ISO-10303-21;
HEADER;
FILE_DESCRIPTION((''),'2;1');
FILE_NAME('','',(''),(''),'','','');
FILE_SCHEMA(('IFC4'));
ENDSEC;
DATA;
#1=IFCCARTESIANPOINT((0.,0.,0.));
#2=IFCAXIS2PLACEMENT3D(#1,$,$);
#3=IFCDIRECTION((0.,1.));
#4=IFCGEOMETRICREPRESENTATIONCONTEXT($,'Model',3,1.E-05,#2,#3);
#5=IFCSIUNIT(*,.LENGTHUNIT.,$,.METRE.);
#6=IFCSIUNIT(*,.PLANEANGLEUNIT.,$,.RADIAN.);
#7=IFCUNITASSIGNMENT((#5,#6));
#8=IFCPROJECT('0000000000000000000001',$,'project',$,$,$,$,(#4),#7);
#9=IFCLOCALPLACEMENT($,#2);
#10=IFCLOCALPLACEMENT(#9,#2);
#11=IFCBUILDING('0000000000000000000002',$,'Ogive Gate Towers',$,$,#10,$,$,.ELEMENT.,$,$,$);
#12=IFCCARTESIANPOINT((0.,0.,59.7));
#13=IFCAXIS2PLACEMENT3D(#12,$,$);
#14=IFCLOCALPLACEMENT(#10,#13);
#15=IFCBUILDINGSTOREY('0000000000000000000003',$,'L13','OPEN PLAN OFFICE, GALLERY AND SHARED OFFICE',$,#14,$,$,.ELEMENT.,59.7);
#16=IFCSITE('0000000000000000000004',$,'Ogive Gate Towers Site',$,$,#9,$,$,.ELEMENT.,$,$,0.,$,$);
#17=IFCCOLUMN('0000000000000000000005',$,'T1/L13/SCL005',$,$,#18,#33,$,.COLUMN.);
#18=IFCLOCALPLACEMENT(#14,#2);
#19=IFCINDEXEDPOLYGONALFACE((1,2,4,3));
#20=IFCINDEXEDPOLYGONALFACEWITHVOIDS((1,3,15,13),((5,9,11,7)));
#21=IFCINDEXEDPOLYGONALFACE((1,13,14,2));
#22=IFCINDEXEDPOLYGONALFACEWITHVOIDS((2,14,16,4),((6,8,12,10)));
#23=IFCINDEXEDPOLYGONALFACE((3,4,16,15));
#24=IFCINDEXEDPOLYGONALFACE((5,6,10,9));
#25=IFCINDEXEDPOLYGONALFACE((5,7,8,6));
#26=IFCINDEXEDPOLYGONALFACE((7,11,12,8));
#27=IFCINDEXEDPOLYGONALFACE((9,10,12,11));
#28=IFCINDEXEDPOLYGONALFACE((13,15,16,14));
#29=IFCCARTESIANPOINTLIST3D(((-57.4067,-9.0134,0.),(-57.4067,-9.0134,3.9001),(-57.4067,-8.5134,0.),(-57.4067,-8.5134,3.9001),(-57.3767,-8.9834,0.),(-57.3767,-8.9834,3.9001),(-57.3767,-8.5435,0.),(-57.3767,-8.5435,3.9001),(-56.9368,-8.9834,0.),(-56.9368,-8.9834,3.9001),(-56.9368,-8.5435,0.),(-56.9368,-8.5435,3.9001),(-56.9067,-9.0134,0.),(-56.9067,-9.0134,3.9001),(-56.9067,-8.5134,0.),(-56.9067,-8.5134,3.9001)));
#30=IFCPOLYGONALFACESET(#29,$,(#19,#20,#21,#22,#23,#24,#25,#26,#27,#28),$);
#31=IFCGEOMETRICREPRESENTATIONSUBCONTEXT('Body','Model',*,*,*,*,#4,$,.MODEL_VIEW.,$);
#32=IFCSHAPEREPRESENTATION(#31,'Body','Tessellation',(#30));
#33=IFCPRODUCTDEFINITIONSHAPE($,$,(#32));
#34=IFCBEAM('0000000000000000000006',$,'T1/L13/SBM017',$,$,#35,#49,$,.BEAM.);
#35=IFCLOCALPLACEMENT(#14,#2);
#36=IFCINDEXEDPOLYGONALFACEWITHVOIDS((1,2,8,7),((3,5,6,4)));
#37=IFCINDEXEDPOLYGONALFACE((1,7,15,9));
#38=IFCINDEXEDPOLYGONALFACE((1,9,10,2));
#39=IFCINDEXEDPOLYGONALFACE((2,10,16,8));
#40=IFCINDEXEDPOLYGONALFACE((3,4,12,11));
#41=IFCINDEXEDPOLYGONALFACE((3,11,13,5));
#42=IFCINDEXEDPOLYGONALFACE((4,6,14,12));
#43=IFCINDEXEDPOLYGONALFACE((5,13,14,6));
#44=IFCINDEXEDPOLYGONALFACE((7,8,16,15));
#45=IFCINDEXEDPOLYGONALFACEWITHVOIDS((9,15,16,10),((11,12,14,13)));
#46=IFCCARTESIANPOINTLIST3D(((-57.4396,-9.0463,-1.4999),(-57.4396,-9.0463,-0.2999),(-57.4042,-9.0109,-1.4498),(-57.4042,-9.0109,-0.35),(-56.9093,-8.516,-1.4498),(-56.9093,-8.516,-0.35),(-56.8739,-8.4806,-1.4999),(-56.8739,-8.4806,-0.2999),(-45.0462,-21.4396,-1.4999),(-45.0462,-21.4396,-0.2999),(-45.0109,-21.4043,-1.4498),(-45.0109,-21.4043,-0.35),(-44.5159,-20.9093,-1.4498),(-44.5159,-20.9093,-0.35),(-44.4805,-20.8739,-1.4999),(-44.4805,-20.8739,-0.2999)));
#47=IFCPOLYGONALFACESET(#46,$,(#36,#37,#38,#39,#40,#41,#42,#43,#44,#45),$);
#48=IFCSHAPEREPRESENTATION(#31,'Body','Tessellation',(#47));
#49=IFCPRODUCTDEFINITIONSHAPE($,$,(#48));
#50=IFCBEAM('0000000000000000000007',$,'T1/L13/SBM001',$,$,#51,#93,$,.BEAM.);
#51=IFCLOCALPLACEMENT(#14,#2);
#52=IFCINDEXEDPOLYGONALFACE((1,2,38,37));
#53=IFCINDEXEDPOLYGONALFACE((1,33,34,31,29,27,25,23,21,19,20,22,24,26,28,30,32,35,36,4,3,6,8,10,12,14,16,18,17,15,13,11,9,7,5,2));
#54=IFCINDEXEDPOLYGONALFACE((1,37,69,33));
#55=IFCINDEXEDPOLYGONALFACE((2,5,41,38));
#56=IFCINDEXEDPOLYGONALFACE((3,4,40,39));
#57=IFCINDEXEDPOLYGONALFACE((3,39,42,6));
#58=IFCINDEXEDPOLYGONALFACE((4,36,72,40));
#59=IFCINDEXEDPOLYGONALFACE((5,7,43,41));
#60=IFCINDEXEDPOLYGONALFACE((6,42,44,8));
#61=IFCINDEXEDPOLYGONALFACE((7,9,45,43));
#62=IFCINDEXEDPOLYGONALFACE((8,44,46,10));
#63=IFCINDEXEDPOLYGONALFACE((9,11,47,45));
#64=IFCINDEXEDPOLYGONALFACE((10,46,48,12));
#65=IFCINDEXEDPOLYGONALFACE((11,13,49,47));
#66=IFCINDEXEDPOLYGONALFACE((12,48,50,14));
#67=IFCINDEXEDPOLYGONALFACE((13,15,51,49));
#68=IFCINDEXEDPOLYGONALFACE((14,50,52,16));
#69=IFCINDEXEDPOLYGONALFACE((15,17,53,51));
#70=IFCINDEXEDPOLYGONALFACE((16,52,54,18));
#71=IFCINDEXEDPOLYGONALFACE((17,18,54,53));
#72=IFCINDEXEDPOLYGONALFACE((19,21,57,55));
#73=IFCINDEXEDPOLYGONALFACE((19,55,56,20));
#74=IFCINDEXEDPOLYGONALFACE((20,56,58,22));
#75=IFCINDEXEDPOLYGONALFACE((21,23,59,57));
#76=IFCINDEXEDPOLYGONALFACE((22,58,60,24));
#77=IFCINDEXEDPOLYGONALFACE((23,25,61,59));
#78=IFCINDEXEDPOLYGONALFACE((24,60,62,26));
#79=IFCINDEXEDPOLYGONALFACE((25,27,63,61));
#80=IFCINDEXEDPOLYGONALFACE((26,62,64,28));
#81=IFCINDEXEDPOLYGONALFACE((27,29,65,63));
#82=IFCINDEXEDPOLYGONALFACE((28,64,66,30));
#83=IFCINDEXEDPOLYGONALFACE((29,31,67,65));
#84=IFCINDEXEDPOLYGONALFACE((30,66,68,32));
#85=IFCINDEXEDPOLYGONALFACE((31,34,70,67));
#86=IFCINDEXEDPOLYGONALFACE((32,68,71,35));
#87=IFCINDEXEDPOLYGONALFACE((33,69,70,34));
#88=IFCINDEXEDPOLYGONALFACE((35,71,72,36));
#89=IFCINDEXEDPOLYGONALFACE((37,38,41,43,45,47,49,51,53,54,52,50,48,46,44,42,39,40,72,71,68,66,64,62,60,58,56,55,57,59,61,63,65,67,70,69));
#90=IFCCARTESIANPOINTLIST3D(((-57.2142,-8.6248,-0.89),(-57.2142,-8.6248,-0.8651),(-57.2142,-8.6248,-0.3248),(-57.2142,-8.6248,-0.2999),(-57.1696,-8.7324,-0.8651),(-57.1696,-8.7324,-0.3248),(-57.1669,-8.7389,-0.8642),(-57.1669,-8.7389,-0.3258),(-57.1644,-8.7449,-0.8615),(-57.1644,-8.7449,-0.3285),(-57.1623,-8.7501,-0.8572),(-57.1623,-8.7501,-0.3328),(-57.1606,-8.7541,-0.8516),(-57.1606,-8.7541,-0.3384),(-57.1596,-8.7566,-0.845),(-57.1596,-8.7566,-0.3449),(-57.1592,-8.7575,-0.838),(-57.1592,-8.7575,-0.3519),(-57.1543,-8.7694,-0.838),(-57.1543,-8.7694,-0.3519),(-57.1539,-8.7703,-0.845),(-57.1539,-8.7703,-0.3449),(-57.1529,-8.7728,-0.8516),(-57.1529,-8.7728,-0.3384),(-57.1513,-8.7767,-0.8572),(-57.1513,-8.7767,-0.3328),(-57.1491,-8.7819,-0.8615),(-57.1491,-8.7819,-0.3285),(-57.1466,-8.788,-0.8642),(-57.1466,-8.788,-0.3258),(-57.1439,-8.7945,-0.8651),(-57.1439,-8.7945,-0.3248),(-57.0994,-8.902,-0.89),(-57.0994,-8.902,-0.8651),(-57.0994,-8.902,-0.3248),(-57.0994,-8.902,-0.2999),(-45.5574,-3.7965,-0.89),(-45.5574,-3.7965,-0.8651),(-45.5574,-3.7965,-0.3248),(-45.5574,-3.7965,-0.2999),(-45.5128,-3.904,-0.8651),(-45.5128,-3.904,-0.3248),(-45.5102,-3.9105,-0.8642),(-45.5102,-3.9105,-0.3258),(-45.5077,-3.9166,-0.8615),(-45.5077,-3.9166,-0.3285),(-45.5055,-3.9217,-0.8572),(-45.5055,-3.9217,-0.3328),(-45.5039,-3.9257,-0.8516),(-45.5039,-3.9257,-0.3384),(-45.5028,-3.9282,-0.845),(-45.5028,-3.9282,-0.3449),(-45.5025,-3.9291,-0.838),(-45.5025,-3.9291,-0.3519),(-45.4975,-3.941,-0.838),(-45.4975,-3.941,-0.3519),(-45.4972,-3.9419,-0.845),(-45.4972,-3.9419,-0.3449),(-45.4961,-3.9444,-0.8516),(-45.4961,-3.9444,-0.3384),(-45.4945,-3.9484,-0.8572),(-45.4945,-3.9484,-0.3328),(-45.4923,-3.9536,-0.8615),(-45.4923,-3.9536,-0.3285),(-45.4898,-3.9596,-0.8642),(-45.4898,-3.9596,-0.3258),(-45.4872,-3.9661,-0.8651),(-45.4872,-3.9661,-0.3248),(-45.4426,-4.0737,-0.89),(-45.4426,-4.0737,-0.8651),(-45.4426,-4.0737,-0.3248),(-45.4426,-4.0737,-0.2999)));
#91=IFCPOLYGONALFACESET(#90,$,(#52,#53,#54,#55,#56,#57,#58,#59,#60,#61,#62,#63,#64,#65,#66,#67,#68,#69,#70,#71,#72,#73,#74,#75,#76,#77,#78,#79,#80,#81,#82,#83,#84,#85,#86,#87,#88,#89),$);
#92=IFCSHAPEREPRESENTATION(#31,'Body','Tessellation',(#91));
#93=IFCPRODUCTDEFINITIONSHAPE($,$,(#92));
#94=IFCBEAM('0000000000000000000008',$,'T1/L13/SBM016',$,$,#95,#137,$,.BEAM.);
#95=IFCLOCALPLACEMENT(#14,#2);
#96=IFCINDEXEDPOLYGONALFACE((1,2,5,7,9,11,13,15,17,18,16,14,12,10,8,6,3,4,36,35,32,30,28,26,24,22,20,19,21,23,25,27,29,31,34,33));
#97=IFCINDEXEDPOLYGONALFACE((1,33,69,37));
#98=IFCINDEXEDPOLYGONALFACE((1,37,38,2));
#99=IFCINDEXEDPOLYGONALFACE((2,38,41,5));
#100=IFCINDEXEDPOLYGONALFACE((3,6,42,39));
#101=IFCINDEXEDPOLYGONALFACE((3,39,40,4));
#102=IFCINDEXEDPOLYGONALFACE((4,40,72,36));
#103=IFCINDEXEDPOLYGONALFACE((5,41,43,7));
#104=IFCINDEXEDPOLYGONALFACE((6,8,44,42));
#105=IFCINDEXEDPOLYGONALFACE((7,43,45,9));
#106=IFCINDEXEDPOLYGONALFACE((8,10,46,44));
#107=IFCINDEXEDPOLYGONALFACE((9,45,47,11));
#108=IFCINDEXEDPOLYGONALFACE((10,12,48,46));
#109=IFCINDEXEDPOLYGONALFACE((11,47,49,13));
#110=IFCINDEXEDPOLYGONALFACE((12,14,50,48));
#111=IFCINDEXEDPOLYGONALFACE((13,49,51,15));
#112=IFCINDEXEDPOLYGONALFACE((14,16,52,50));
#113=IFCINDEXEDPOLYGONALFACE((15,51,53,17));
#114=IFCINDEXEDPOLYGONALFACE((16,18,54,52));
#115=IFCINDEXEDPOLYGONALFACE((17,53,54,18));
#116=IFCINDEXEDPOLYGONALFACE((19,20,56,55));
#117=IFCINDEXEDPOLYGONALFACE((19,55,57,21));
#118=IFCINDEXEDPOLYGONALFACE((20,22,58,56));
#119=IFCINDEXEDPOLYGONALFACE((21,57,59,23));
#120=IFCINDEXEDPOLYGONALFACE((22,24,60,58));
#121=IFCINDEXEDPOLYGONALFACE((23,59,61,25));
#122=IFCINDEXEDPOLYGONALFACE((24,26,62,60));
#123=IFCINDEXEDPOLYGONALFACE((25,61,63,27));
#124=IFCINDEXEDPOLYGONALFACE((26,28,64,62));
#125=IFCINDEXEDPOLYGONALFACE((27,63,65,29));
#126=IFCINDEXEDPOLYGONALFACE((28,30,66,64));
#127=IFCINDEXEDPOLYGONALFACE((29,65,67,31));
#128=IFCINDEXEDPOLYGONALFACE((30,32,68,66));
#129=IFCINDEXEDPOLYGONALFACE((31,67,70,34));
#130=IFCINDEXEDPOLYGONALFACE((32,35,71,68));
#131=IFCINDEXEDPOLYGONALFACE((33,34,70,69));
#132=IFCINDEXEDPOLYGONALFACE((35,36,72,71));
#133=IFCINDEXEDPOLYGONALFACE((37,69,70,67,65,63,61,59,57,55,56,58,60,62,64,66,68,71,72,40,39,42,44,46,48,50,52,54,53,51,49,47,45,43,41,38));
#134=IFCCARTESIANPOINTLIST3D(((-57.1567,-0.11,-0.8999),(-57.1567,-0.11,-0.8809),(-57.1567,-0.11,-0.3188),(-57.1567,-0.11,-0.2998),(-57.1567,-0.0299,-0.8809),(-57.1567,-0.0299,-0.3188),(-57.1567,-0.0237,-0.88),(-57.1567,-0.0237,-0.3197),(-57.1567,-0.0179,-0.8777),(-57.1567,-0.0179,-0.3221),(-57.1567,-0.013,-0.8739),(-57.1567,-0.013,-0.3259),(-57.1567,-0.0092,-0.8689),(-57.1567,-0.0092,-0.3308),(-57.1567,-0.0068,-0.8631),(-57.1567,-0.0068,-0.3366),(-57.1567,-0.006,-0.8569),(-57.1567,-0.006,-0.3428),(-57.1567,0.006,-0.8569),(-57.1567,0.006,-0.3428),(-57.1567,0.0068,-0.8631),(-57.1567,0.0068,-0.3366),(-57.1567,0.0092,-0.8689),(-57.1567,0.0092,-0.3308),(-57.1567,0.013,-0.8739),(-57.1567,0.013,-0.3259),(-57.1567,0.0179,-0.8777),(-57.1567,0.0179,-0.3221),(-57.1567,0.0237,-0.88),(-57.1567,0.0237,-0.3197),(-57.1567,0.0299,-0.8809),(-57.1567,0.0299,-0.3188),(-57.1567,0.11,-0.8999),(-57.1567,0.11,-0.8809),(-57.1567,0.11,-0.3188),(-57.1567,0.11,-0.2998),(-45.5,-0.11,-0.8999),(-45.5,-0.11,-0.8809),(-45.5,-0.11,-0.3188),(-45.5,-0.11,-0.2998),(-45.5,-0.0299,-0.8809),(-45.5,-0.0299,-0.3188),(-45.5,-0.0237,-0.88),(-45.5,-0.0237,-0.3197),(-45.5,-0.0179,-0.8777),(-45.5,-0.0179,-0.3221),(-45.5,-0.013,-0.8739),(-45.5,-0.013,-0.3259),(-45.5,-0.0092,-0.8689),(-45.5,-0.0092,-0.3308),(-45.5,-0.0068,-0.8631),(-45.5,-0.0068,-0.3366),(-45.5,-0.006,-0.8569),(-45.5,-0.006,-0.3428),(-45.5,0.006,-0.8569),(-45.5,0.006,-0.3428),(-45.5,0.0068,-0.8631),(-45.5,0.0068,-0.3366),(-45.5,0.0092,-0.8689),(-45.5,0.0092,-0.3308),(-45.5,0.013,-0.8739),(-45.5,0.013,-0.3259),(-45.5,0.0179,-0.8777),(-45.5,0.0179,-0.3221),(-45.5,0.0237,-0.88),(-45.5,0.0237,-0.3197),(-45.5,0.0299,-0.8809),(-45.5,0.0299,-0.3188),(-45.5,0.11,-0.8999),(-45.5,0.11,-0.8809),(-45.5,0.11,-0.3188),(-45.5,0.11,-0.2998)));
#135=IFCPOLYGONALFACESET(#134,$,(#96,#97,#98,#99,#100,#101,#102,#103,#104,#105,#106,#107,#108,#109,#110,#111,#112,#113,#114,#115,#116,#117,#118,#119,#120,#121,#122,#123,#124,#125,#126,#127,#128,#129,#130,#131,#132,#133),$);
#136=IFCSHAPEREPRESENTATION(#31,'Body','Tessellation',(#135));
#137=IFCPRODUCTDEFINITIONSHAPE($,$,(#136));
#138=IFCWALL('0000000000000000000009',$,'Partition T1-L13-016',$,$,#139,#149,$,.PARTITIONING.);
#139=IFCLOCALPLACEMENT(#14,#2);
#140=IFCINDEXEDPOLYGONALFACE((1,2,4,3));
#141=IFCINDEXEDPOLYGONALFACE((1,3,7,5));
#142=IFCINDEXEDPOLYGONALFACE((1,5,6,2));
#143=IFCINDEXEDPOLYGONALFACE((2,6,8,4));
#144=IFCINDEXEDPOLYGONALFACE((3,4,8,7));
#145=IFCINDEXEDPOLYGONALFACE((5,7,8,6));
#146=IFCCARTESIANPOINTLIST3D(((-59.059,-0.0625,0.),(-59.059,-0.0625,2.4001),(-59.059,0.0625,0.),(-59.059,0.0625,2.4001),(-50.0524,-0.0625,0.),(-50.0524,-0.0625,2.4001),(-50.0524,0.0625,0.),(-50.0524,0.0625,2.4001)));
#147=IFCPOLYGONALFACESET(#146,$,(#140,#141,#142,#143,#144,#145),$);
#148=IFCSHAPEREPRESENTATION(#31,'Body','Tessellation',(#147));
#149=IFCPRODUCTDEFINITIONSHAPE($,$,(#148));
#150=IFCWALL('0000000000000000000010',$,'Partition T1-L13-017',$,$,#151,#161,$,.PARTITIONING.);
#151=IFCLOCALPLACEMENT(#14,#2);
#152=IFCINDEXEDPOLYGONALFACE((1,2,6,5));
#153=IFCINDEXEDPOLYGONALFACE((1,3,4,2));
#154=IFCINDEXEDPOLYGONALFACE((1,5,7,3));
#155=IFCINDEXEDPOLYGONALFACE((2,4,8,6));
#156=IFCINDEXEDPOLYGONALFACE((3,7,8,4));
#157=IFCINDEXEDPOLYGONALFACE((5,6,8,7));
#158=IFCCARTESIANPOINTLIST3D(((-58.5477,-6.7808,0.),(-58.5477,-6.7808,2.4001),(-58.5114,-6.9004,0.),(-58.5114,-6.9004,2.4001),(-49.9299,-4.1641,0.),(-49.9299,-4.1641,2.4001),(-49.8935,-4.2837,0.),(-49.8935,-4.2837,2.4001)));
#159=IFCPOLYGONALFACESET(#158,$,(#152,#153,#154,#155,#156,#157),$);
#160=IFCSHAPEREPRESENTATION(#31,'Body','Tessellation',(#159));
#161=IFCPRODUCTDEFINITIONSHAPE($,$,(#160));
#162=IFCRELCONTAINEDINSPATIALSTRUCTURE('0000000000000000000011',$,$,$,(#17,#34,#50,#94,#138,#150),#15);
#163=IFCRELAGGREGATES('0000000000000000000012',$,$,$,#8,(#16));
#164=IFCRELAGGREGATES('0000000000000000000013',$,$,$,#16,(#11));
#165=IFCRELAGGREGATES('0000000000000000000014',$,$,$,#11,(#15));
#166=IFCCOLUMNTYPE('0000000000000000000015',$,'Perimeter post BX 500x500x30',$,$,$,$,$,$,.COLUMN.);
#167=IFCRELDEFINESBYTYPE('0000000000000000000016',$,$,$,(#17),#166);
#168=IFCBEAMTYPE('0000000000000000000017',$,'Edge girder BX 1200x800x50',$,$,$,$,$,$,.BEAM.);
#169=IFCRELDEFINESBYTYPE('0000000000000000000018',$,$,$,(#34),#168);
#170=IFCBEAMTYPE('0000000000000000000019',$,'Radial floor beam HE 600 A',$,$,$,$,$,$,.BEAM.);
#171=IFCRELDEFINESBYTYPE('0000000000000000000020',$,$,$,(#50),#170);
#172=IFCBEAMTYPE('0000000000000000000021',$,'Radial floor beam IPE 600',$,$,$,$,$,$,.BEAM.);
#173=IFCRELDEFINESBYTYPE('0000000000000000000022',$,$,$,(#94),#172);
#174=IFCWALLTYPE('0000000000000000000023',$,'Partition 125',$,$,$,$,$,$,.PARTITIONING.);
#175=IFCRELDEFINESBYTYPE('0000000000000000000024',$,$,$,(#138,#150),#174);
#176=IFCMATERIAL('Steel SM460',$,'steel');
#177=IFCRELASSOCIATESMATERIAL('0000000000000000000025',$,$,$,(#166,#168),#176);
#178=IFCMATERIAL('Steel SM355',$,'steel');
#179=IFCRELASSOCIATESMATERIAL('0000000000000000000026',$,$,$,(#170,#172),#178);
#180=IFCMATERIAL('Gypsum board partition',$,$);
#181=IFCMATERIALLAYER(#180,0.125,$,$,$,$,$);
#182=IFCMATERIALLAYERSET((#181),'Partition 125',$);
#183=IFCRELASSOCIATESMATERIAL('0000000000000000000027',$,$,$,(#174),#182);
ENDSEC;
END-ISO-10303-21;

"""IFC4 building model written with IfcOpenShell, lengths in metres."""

from ifc_helpers import new_model, si_unit, direction, frame, frame_2d, origin, origin_2d, place, context, subcontext, project, spatial, rectangle, hollow_rectangle, i_section, extrude, material, layer, layer_set, material_profile, profile_set, type_object, element, save


model = new_model("IFC4")

# Units and contexts
model_context = context("Model", 3, precision=1e-05, world=origin(), true_north=direction((0.0, 1.0)))
body_context = subcontext(model_context, "Body", "Model", "MODEL_VIEW")
ifc_project = project(units=[si_unit("LENGTHUNIT", "METRE"), si_unit("PLANEANGLEUNIT", "RADIAN")], contexts=[model_context])

# Site, building, storey
site_placement = place(None, origin())
site = spatial("IfcSite", under=ifc_project, at=site_placement, Name="Ogive Gate Towers Site", CompositionType="ELEMENT", RefElevation=0.0)
building_placement = place(site_placement, origin())
building = spatial("IfcBuilding", under=site, at=building_placement, Name="Ogive Gate Towers", CompositionType="ELEMENT")
storey_placement = place(building_placement, frame((0.0, 0.0, 59.7)))
storey = spatial("IfcBuildingStorey", under=building, at=storey_placement, Name="L13", Description="OPEN PLAN OFFICE, GALLERY AND SHARED OFFICE", CompositionType="ELEMENT", Elevation=59.7)

# Column
ifc_material_1 = material(Name="Steel SM460", Category="steel")
ifc_material_profile_1 = material_profile(ifc_material_1, hollow_rectangle(XDim=0.5, YDim=0.5, WallThickness=0.03, at=origin_2d()), Name="BX 500x500x30")
ifc_profile_set_1 = profile_set([ifc_material_profile_1], Name="Steel SM460")
column_type = type_object("IfcColumnType", Name="Perimeter post BX 500x500x30", PredefinedType="COLUMN", material=ifc_profile_set_1)
column_placement = place(storey_placement, frame((-57.1567, -8.7634, 0.0), z_axis=(0.0, 0.0, 1.0), x_axis=(1.0, 0.0, 0.0)))
element("IfcColumn", 1, at=column_placement, inside=storey, type_object=column_type, Name="T1/L13/SCL005", PredefinedType="COLUMN", context=body_context, shape_type="SweptSolid", body=[
    extrude(hollow_rectangle(XDim=0.5, YDim=0.5, WallThickness=0.03, at=origin_2d()), origin(), (0.0, 0.0, 1.0), 3.9001),
])

# Beams
ifc_material_profile_2 = material_profile(ifc_material_1, hollow_rectangle(XDim=0.8, YDim=1.2, WallThickness=0.05, at=origin_2d()), Name="BX 1200x800x50")
ifc_profile_set_2 = profile_set([ifc_material_profile_2], Name="Steel SM460")
beam_type_1 = type_object("IfcBeamType", Name="Edge girder BX 1200x800x50", PredefinedType="BEAM", material=ifc_profile_set_2)
beam_1_placement = place(storey_placement, frame((-57.1567, -8.7634, -0.8999), z_axis=(0.707107, -0.707107, 0.0), x_axis=(0.707107, 0.707107, 0.0)))
element("IfcBeam", 2, at=beam_1_placement, inside=storey, type_object=beam_type_1, Name="T1/L13/SBM017", PredefinedType="BEAM", context=body_context, shape_type="SweptSolid", body=[
    extrude(hollow_rectangle(XDim=0.8, YDim=1.2, WallThickness=0.05, at=origin_2d()), origin(), (0.0, 0.0, 1.0), 17.5269),
])
ifc_material_2 = material(Name="Steel SM355", Category="steel")
ifc_material_profile_3 = material_profile(ifc_material_2, i_section(OverallWidth=0.3, OverallDepth=0.5901, WebThickness=0.0129, FlangeThickness=0.0249, FilletRadius=0.0271, at=origin_2d()), Name="HE 600 A")
ifc_profile_set_3 = profile_set([ifc_material_profile_3], Name="Steel SM355")
beam_type_2 = type_object("IfcBeamType", Name="Radial floor beam HE 600 A", PredefinedType="BEAM", material=ifc_profile_set_3)
beam_2_placement = place(storey_placement, frame((-45.5, -3.9351, -0.595), z_axis=(-0.92388, -0.382683, 0.0), x_axis=(0.382683, -0.92388, 0.0)))
element("IfcBeam", 3, at=beam_2_placement, inside=storey, type_object=beam_type_2, Name="T1/L13/SBM001", PredefinedType="BEAM", context=body_context, shape_type="SweptSolid", body=[
    extrude(i_section(OverallWidth=0.3, OverallDepth=0.5901, WebThickness=0.0129, FlangeThickness=0.0249, FilletRadius=0.0271, at=origin_2d()), origin(), (0.0, 0.0, 1.0), 12.6172),
])
ifc_material_profile_4 = material_profile(ifc_material_2, i_section(OverallWidth=0.22, OverallDepth=0.6001, WebThickness=0.012, FlangeThickness=0.019, FilletRadius=0.0239, at=origin_2d()), Name="IPE 600")
ifc_profile_set_4 = profile_set([ifc_material_profile_4], Name="Steel SM355")
beam_type_3 = type_object("IfcBeamType", Name="Radial floor beam IPE 600", PredefinedType="BEAM", material=ifc_profile_set_4)
beam_3_placement = place(storey_placement, frame((-45.5, 0.0, -0.5999), z_axis=(-1.0, 0.0, 0.0), x_axis=(0.0, -1.0, 0.0)))
element("IfcBeam", 4, at=beam_3_placement, inside=storey, type_object=beam_type_3, Name="T1/L13/SBM016", PredefinedType="BEAM", context=body_context, shape_type="SweptSolid", body=[
    extrude(i_section(OverallWidth=0.22, OverallDepth=0.6001, WebThickness=0.012, FlangeThickness=0.019, FilletRadius=0.0239, at=origin_2d()), origin(), (0.0, 0.0, 1.0), 11.6567),
])

# Walls
ifc_material_3 = material(Name="Gypsum board partition")
ifc_layer_1 = layer(ifc_material_3, 0.125)
ifc_layer_set_1 = layer_set([ifc_layer_1], Name="Partition 125")
wall_type_1 = type_object("IfcWallType", Name="Partition 125", PredefinedType="PARTITIONING", material=ifc_layer_set_1)
wall_1_placement = place(storey_placement, frame((-59.0591, 0.0, 0.0), z_axis=(0.0, 0.0, 1.0), x_axis=(1.0, 0.0, 0.0)))
element("IfcWall", 5, at=wall_1_placement, inside=storey, type_object=wall_type_1, Name="Partition T1-L13-016", PredefinedType="PARTITIONING", context=body_context, shape_type="SweptSolid", body=[
    extrude(rectangle(XDim=9.0066, YDim=0.125, at=frame_2d((4.5034, 0.0))), origin(), (0.0, 0.0, 1.0), 2.4001),
])
wall_2_placement = place(storey_placement, frame((-58.5295, -6.8406, 0.0), z_axis=(0.0, 0.0, 1.0), x_axis=(0.956864, 0.290537, 0.0)))
element("IfcWall", 6, at=wall_2_placement, inside=storey, type_object=wall_type_1, Name="Partition T1-L13-017", PredefinedType="PARTITIONING", context=body_context, shape_type="SweptSolid", body=[
    extrude(rectangle(XDim=9.0063, YDim=0.125, at=frame_2d((4.5032, 0.0))), origin(), (0.0, 0.0, 1.0), 2.4001),
])

save(model, "model.ifc")
